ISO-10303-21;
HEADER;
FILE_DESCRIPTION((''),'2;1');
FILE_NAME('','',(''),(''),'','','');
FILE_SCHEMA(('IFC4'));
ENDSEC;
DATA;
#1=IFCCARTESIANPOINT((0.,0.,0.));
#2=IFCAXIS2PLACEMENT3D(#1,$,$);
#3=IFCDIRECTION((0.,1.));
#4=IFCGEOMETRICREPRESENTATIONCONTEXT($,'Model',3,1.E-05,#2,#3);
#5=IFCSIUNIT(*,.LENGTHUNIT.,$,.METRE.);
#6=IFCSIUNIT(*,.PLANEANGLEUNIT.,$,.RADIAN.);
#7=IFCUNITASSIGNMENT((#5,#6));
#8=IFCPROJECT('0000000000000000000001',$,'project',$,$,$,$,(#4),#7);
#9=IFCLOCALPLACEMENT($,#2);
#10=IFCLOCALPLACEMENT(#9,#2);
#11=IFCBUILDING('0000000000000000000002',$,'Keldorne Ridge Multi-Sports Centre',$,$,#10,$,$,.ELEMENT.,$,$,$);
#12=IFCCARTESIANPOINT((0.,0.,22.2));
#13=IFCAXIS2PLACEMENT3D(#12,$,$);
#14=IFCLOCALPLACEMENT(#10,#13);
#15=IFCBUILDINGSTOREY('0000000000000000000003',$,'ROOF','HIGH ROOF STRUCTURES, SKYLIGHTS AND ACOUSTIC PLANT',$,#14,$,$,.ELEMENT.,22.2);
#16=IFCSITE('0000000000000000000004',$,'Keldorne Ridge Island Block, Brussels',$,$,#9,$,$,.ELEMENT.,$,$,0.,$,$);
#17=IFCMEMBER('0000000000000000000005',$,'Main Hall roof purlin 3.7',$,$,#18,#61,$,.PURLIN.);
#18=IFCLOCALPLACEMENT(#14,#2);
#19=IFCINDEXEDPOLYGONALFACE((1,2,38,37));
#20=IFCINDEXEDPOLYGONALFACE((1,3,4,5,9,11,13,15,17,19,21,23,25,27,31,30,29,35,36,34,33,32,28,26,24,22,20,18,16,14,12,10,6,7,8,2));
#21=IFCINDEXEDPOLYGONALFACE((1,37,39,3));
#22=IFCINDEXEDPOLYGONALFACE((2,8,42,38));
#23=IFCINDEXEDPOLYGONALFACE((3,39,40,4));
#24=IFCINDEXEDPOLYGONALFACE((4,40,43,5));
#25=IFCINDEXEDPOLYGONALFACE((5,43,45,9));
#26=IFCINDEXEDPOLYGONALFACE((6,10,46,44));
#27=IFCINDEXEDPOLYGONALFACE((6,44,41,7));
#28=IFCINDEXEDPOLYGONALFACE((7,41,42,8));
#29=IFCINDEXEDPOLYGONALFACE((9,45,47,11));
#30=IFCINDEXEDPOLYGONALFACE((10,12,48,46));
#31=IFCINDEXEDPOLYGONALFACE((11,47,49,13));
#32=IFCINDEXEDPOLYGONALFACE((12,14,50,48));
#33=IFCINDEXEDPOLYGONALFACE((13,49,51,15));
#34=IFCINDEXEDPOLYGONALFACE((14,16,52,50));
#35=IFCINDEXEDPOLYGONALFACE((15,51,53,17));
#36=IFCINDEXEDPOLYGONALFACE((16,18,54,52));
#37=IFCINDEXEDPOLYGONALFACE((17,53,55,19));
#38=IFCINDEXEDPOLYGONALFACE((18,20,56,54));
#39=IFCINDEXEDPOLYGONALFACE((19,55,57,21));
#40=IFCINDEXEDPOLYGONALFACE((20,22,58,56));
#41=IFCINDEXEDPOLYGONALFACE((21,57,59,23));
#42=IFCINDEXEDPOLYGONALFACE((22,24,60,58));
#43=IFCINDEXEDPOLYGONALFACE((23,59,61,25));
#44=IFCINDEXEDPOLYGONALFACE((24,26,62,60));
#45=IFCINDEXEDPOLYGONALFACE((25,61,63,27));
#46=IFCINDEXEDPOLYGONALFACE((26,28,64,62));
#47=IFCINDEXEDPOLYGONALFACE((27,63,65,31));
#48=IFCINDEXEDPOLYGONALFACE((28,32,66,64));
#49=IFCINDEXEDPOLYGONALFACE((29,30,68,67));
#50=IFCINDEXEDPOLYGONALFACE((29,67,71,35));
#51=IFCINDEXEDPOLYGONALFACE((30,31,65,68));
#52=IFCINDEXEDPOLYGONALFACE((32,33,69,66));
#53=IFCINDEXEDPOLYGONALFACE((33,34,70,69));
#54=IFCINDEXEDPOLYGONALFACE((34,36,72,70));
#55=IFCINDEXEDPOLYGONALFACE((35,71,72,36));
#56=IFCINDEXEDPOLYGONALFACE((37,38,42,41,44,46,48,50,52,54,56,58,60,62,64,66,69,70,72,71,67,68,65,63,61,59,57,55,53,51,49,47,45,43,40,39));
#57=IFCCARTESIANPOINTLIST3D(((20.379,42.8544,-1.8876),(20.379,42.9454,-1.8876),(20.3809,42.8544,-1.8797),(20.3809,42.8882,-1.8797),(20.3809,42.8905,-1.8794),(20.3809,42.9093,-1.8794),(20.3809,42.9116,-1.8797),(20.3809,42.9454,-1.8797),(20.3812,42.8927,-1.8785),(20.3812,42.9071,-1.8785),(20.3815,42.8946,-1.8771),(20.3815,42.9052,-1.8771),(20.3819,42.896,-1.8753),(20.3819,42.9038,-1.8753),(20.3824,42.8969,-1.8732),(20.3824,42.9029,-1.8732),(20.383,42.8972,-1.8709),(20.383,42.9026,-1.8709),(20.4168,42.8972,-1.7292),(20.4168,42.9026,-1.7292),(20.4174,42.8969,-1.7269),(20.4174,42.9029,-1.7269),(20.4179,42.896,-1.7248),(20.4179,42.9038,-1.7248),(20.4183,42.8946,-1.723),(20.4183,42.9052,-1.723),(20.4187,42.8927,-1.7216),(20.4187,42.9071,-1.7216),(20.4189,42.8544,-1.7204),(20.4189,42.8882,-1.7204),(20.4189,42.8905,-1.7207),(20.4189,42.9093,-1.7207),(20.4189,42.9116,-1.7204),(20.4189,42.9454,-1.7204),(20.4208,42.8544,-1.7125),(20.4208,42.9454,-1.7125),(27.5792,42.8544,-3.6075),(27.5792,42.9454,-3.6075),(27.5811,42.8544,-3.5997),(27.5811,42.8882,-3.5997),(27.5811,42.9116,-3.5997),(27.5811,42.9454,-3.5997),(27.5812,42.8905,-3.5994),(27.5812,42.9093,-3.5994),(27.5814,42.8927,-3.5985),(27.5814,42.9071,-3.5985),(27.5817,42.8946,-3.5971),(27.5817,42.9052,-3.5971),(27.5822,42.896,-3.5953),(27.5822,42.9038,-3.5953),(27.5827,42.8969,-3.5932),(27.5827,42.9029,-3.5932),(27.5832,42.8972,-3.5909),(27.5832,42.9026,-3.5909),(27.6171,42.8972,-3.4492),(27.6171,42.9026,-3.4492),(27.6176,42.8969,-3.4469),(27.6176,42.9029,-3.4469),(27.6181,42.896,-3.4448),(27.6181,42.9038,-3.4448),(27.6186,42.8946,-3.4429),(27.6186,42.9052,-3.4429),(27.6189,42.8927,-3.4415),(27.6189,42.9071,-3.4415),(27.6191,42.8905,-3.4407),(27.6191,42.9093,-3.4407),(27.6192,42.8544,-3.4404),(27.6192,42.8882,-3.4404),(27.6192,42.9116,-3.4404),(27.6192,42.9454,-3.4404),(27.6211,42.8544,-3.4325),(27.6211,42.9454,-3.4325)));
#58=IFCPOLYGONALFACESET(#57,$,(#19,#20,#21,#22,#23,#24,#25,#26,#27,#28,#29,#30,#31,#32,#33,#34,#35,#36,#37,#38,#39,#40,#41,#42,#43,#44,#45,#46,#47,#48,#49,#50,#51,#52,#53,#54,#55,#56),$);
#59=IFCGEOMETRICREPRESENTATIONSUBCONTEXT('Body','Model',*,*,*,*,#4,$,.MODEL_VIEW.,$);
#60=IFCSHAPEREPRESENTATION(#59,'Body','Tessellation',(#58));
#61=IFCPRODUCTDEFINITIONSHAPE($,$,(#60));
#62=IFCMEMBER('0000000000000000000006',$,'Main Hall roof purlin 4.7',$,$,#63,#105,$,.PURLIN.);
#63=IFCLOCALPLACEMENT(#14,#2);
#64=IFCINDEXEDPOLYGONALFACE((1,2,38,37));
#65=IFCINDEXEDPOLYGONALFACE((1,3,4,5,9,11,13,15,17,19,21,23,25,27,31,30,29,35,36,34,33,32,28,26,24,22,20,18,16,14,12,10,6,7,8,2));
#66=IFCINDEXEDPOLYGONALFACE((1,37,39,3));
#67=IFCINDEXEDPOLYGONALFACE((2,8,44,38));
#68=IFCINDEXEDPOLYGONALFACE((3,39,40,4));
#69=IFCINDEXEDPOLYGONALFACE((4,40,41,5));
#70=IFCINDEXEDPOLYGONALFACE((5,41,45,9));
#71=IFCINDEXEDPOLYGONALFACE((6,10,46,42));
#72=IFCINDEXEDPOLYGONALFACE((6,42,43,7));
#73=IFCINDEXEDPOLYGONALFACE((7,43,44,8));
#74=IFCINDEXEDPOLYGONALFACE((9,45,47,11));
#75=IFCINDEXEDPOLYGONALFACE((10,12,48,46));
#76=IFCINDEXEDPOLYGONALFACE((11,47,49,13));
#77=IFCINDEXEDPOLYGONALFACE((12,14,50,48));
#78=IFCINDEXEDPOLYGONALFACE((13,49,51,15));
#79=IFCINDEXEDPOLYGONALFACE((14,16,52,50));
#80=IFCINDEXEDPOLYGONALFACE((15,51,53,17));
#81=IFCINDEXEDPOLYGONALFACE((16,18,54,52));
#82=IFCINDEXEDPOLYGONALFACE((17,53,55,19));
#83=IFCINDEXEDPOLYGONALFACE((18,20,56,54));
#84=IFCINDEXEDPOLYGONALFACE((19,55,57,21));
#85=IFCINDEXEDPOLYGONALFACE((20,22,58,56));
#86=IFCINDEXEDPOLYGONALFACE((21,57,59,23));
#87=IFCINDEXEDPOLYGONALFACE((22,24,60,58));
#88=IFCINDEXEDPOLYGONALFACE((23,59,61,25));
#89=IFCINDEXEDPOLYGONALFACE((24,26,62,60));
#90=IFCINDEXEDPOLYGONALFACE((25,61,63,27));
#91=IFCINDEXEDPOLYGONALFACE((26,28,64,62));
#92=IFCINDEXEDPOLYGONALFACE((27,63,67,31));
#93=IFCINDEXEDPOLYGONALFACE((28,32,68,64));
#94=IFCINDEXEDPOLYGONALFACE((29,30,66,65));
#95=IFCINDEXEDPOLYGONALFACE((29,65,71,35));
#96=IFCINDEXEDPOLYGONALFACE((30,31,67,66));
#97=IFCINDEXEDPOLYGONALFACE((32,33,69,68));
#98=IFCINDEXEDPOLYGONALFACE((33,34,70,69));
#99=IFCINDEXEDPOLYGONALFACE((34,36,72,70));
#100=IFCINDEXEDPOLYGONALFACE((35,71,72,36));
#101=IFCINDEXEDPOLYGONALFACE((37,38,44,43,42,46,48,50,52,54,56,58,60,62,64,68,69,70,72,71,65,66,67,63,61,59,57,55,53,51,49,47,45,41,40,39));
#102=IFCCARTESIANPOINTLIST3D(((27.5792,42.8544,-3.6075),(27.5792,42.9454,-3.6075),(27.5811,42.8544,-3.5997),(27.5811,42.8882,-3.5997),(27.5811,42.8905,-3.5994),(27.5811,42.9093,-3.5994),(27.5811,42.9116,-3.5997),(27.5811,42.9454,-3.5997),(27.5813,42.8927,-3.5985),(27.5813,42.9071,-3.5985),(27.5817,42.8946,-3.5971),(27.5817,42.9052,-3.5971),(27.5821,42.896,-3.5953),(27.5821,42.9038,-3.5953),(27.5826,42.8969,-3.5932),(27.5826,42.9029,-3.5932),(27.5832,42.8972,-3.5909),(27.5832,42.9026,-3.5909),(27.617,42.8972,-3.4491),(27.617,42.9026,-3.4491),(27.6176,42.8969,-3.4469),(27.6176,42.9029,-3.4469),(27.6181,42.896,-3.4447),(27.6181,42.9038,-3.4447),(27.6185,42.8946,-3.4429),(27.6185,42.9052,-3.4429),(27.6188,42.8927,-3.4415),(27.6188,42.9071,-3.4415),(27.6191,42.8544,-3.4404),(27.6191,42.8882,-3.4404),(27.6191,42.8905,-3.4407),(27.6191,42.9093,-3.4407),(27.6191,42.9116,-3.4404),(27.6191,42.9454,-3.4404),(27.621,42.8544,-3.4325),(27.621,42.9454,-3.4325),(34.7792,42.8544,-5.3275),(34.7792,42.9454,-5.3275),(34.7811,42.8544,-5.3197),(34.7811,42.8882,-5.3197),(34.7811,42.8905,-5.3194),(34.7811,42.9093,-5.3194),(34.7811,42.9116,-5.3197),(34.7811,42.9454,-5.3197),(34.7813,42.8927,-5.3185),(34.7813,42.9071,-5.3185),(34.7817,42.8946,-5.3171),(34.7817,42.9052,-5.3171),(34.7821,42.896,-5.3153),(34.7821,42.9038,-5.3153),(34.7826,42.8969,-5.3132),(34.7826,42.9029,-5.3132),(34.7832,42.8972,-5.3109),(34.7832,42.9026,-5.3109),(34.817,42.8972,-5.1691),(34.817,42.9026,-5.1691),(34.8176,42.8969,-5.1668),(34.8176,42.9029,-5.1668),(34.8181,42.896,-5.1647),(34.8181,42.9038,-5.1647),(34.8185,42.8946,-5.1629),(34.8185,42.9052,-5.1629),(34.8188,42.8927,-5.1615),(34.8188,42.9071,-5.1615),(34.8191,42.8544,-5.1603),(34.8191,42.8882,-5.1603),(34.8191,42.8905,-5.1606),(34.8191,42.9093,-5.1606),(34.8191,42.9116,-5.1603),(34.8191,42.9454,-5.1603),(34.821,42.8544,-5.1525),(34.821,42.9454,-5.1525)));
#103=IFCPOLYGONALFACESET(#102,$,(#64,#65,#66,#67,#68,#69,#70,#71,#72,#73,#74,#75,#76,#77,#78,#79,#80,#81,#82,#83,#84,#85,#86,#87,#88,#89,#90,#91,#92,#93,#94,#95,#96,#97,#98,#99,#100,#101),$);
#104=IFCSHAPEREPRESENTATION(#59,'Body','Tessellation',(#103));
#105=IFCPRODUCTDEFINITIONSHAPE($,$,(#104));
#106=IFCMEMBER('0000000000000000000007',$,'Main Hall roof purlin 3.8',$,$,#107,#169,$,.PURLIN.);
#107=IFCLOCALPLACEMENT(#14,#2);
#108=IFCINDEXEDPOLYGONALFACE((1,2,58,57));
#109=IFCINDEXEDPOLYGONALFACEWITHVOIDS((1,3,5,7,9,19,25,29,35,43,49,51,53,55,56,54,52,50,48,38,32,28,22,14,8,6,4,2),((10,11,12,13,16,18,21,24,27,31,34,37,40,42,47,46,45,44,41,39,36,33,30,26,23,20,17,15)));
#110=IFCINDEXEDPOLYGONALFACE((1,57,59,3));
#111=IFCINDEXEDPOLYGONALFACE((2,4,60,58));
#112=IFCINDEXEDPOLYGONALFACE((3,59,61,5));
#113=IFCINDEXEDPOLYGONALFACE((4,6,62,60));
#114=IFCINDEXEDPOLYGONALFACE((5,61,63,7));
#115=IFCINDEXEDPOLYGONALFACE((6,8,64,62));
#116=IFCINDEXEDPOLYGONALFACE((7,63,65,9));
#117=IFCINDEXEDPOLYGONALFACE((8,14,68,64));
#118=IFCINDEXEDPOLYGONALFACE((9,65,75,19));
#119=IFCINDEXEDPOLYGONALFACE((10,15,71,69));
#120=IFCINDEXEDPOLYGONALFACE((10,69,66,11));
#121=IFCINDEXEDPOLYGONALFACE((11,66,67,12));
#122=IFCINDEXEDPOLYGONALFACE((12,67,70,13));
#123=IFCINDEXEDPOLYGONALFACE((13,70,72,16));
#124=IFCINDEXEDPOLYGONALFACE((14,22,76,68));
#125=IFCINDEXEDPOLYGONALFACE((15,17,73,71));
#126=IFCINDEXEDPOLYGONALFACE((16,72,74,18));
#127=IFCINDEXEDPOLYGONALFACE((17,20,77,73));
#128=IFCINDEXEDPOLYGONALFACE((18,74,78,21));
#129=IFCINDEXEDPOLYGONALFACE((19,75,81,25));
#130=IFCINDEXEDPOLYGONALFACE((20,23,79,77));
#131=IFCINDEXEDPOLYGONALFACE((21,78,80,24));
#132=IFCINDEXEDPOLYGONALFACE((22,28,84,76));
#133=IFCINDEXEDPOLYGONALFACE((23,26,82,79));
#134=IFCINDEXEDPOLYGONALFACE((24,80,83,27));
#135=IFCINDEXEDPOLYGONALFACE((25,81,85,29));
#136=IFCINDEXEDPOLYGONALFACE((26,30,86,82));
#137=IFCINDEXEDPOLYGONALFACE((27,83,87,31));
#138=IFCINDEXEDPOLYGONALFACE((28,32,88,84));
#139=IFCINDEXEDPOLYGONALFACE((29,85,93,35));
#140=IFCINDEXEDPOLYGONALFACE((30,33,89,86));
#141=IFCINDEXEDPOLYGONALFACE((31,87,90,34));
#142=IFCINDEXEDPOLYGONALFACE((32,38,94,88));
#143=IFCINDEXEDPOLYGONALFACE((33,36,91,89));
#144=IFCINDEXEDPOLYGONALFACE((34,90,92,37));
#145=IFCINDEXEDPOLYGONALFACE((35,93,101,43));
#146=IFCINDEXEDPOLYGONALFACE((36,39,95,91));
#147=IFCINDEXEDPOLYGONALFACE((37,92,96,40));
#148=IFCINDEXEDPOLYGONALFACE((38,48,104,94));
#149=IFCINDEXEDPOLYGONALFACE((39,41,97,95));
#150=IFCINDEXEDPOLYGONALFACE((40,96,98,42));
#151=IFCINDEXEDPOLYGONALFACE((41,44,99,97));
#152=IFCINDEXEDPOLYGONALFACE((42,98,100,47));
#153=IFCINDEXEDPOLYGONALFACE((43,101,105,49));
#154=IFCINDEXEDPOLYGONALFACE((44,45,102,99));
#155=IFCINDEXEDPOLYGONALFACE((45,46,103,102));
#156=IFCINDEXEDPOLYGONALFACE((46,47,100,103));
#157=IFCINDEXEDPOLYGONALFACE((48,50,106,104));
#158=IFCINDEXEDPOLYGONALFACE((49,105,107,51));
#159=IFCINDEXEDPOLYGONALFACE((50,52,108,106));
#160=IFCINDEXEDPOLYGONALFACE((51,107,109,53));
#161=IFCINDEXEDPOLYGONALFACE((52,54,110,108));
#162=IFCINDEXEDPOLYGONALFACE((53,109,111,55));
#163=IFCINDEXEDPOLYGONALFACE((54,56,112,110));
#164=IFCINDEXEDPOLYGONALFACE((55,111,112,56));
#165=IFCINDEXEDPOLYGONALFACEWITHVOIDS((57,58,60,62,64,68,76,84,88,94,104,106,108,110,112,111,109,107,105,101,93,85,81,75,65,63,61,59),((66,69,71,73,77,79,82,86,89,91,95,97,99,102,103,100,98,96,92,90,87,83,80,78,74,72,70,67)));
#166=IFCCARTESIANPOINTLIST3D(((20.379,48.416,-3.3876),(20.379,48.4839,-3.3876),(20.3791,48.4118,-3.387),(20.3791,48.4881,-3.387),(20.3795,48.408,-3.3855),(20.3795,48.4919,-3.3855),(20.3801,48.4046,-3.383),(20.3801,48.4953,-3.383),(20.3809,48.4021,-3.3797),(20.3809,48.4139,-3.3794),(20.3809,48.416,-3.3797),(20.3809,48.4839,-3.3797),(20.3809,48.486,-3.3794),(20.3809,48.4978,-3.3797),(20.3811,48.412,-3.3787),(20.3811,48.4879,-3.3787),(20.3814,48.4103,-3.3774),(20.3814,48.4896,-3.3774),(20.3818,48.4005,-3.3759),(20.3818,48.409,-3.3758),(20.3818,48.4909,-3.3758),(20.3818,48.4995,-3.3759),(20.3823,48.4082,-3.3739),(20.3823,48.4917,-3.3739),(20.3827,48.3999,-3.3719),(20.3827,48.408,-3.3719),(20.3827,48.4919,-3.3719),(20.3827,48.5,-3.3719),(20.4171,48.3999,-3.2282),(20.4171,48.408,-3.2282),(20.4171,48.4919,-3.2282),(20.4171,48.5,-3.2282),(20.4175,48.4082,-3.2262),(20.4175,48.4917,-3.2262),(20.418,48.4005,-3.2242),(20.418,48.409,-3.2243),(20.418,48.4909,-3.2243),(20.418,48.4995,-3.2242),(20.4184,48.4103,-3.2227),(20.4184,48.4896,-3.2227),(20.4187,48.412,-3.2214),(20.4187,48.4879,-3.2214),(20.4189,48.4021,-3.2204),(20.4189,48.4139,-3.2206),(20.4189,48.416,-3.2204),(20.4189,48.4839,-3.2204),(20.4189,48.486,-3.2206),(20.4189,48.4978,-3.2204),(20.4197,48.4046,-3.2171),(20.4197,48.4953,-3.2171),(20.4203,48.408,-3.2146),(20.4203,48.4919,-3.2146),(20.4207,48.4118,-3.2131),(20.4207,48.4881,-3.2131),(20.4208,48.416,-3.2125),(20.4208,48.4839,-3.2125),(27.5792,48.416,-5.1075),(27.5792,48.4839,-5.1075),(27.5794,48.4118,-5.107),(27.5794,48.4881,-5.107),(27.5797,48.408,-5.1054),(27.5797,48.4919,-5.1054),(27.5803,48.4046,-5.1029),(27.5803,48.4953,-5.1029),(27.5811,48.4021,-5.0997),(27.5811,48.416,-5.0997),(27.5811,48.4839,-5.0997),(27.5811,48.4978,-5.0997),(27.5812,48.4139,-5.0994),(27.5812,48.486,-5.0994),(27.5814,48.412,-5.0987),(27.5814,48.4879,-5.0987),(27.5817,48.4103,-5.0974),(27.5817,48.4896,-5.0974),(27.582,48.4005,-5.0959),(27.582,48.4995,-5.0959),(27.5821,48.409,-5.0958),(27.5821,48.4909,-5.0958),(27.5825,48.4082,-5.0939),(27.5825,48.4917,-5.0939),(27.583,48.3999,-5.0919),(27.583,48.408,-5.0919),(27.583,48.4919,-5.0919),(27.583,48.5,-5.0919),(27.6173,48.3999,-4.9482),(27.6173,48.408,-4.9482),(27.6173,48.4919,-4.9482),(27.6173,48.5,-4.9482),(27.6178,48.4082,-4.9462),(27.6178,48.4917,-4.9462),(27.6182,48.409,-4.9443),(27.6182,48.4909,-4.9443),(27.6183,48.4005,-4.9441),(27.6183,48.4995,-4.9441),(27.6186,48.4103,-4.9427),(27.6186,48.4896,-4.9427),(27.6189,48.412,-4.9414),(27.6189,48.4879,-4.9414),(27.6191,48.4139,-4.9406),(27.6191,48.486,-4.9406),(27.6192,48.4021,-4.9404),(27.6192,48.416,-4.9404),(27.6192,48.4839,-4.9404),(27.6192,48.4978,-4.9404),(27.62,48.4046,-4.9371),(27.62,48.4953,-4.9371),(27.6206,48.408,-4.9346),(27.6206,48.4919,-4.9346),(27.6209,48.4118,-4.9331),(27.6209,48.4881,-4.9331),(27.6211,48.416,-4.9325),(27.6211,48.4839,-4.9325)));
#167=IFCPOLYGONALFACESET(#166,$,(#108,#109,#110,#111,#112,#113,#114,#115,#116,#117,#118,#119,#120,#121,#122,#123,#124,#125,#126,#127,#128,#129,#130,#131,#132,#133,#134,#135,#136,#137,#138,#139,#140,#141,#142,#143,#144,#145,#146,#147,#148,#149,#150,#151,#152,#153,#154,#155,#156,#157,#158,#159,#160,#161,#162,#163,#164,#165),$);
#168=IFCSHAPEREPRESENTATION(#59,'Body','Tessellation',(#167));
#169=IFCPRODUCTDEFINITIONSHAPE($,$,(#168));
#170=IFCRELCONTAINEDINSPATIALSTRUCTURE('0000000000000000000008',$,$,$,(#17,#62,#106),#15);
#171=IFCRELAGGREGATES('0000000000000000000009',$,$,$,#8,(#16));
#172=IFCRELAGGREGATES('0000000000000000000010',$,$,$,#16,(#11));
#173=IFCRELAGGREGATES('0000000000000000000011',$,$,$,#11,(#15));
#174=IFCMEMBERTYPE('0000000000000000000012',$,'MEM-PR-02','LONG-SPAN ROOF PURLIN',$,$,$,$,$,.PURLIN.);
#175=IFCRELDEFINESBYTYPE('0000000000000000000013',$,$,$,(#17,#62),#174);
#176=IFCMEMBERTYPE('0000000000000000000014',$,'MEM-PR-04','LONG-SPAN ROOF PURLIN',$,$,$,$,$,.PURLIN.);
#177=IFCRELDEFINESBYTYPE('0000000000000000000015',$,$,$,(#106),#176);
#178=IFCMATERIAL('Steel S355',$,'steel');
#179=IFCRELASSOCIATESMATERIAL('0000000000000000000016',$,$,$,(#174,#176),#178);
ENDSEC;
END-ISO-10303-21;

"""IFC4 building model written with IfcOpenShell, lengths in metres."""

from ifc_helpers import new_model, si_unit, direction, frame, origin, origin_2d, place, context, subcontext, project, spatial, hollow_rectangle, i_section, extrude, material, material_profile, profile_set, type_object, element, save


model = new_model("IFC4")

# Units and contexts
model_context = context("Model", 3, precision=1e-05, world=origin(), true_north=direction((0.0, 1.0)))
body_context = subcontext(model_context, "Body", "Model", "MODEL_VIEW")
ifc_project = project(units=[si_unit("LENGTHUNIT", "METRE"), si_unit("PLANEANGLEUNIT", "RADIAN")], contexts=[model_context])

# Site, building, storey
site_placement = place(None, origin())
site = spatial("IfcSite", under=ifc_project, at=site_placement, Name="Keldorne Ridge Island Block, Brussels", CompositionType="ELEMENT", RefElevation=0.0)
building_placement = place(site_placement, origin())
building = spatial("IfcBuilding", under=site, at=building_placement, Name="Keldorne Ridge Multi-Sports Centre", CompositionType="ELEMENT")
storey_placement = place(building_placement, frame((0.0, 0.0, 22.2)))
storey = spatial("IfcBuildingStorey", under=building, at=storey_placement, Name="ROOF", Description="HIGH ROOF STRUCTURES, SKYLIGHTS AND ACOUSTIC PLANT", CompositionType="ELEMENT", Elevation=22.2)

# Members
ifc_material = material(Name="Steel S355", Category="steel")
ifc_material_profile_1 = material_profile(ifc_material, i_section(OverallWidth=0.0911, OverallDepth=0.1799, WebThickness=0.0054, FlangeThickness=0.0081, FilletRadius=0.009, at=origin_2d()), Name="IPE 180")
ifc_profile_set_1 = profile_set([ifc_material_profile_1], Name="Steel S355")
member_type_1 = type_object("IfcMemberType", Name="MEM-PR-02", Description="LONG-SPAN ROOF PURLIN", PredefinedType="PURLIN", material=ifc_profile_set_1)
member_1_placement = place(storey_placement, frame((20.3999, 42.8999, -1.8), z_axis=(0.972634, 0.0, -0.232341), x_axis=(0.0, 1.0, 0.0)))
element("IfcMember", 1, at=member_1_placement, inside=storey, type_object=member_type_1, Name="Main Hall roof purlin 3.7", PredefinedType="PURLIN", context=body_context, shape_type="SweptSolid", body=[
    extrude(i_section(OverallWidth=0.0911, OverallDepth=0.1799, WebThickness=0.0054, FlangeThickness=0.0081, FilletRadius=0.009, at=origin_2d()), origin(), (0.0, 0.0, 1.0), 7.4028),
])
member_2_placement = place(storey_placement, frame((27.6001, 42.8999, -3.52), z_axis=(0.972633, 0.0, -0.232349), x_axis=(0.0, 1.0, 0.0)))
element("IfcMember", 2, at=member_2_placement, inside=storey, type_object=member_type_1, Name="Main Hall roof purlin 4.7", PredefinedType="PURLIN", context=body_context, shape_type="SweptSolid", body=[
    extrude(i_section(OverallWidth=0.0911, OverallDepth=0.1799, WebThickness=0.0054, FlangeThickness=0.0081, FilletRadius=0.009, at=origin_2d()), origin(), (0.0, 0.0, 1.0), 7.4026),
])
ifc_material_profile_2 = material_profile(ifc_material, hollow_rectangle(XDim=0.1001, YDim=0.1799, WallThickness=0.0081, InnerFilletRadius=0.0081, OuterFilletRadius=0.0161, at=origin_2d()), Name="RHS 180x100x8")
ifc_profile_set_2 = profile_set([ifc_material_profile_2], Name="Steel S355")
member_type_2 = type_object("IfcMemberType", Name="MEM-PR-04", Description="LONG-SPAN ROOF PURLIN", PredefinedType="PURLIN", material=ifc_profile_set_2)
member_3_placement = place(storey_placement, frame((20.3999, 48.45, -3.3), z_axis=(0.972634, 0.0, -0.232341), x_axis=(0.0, 1.0, 0.0)))
element("IfcMember", 3, at=member_3_placement, inside=storey, type_object=member_type_2, Name="Main Hall roof purlin 3.8", PredefinedType="PURLIN", context=body_context, shape_type="SweptSolid", body=[
    extrude(hollow_rectangle(XDim=0.1001, YDim=0.1799, WallThickness=0.0081, InnerFilletRadius=0.0081, OuterFilletRadius=0.0161, at=origin_2d()), origin(), (0.0, 0.0, 1.0), 7.4028),
])

save(model, "model.ifc")
